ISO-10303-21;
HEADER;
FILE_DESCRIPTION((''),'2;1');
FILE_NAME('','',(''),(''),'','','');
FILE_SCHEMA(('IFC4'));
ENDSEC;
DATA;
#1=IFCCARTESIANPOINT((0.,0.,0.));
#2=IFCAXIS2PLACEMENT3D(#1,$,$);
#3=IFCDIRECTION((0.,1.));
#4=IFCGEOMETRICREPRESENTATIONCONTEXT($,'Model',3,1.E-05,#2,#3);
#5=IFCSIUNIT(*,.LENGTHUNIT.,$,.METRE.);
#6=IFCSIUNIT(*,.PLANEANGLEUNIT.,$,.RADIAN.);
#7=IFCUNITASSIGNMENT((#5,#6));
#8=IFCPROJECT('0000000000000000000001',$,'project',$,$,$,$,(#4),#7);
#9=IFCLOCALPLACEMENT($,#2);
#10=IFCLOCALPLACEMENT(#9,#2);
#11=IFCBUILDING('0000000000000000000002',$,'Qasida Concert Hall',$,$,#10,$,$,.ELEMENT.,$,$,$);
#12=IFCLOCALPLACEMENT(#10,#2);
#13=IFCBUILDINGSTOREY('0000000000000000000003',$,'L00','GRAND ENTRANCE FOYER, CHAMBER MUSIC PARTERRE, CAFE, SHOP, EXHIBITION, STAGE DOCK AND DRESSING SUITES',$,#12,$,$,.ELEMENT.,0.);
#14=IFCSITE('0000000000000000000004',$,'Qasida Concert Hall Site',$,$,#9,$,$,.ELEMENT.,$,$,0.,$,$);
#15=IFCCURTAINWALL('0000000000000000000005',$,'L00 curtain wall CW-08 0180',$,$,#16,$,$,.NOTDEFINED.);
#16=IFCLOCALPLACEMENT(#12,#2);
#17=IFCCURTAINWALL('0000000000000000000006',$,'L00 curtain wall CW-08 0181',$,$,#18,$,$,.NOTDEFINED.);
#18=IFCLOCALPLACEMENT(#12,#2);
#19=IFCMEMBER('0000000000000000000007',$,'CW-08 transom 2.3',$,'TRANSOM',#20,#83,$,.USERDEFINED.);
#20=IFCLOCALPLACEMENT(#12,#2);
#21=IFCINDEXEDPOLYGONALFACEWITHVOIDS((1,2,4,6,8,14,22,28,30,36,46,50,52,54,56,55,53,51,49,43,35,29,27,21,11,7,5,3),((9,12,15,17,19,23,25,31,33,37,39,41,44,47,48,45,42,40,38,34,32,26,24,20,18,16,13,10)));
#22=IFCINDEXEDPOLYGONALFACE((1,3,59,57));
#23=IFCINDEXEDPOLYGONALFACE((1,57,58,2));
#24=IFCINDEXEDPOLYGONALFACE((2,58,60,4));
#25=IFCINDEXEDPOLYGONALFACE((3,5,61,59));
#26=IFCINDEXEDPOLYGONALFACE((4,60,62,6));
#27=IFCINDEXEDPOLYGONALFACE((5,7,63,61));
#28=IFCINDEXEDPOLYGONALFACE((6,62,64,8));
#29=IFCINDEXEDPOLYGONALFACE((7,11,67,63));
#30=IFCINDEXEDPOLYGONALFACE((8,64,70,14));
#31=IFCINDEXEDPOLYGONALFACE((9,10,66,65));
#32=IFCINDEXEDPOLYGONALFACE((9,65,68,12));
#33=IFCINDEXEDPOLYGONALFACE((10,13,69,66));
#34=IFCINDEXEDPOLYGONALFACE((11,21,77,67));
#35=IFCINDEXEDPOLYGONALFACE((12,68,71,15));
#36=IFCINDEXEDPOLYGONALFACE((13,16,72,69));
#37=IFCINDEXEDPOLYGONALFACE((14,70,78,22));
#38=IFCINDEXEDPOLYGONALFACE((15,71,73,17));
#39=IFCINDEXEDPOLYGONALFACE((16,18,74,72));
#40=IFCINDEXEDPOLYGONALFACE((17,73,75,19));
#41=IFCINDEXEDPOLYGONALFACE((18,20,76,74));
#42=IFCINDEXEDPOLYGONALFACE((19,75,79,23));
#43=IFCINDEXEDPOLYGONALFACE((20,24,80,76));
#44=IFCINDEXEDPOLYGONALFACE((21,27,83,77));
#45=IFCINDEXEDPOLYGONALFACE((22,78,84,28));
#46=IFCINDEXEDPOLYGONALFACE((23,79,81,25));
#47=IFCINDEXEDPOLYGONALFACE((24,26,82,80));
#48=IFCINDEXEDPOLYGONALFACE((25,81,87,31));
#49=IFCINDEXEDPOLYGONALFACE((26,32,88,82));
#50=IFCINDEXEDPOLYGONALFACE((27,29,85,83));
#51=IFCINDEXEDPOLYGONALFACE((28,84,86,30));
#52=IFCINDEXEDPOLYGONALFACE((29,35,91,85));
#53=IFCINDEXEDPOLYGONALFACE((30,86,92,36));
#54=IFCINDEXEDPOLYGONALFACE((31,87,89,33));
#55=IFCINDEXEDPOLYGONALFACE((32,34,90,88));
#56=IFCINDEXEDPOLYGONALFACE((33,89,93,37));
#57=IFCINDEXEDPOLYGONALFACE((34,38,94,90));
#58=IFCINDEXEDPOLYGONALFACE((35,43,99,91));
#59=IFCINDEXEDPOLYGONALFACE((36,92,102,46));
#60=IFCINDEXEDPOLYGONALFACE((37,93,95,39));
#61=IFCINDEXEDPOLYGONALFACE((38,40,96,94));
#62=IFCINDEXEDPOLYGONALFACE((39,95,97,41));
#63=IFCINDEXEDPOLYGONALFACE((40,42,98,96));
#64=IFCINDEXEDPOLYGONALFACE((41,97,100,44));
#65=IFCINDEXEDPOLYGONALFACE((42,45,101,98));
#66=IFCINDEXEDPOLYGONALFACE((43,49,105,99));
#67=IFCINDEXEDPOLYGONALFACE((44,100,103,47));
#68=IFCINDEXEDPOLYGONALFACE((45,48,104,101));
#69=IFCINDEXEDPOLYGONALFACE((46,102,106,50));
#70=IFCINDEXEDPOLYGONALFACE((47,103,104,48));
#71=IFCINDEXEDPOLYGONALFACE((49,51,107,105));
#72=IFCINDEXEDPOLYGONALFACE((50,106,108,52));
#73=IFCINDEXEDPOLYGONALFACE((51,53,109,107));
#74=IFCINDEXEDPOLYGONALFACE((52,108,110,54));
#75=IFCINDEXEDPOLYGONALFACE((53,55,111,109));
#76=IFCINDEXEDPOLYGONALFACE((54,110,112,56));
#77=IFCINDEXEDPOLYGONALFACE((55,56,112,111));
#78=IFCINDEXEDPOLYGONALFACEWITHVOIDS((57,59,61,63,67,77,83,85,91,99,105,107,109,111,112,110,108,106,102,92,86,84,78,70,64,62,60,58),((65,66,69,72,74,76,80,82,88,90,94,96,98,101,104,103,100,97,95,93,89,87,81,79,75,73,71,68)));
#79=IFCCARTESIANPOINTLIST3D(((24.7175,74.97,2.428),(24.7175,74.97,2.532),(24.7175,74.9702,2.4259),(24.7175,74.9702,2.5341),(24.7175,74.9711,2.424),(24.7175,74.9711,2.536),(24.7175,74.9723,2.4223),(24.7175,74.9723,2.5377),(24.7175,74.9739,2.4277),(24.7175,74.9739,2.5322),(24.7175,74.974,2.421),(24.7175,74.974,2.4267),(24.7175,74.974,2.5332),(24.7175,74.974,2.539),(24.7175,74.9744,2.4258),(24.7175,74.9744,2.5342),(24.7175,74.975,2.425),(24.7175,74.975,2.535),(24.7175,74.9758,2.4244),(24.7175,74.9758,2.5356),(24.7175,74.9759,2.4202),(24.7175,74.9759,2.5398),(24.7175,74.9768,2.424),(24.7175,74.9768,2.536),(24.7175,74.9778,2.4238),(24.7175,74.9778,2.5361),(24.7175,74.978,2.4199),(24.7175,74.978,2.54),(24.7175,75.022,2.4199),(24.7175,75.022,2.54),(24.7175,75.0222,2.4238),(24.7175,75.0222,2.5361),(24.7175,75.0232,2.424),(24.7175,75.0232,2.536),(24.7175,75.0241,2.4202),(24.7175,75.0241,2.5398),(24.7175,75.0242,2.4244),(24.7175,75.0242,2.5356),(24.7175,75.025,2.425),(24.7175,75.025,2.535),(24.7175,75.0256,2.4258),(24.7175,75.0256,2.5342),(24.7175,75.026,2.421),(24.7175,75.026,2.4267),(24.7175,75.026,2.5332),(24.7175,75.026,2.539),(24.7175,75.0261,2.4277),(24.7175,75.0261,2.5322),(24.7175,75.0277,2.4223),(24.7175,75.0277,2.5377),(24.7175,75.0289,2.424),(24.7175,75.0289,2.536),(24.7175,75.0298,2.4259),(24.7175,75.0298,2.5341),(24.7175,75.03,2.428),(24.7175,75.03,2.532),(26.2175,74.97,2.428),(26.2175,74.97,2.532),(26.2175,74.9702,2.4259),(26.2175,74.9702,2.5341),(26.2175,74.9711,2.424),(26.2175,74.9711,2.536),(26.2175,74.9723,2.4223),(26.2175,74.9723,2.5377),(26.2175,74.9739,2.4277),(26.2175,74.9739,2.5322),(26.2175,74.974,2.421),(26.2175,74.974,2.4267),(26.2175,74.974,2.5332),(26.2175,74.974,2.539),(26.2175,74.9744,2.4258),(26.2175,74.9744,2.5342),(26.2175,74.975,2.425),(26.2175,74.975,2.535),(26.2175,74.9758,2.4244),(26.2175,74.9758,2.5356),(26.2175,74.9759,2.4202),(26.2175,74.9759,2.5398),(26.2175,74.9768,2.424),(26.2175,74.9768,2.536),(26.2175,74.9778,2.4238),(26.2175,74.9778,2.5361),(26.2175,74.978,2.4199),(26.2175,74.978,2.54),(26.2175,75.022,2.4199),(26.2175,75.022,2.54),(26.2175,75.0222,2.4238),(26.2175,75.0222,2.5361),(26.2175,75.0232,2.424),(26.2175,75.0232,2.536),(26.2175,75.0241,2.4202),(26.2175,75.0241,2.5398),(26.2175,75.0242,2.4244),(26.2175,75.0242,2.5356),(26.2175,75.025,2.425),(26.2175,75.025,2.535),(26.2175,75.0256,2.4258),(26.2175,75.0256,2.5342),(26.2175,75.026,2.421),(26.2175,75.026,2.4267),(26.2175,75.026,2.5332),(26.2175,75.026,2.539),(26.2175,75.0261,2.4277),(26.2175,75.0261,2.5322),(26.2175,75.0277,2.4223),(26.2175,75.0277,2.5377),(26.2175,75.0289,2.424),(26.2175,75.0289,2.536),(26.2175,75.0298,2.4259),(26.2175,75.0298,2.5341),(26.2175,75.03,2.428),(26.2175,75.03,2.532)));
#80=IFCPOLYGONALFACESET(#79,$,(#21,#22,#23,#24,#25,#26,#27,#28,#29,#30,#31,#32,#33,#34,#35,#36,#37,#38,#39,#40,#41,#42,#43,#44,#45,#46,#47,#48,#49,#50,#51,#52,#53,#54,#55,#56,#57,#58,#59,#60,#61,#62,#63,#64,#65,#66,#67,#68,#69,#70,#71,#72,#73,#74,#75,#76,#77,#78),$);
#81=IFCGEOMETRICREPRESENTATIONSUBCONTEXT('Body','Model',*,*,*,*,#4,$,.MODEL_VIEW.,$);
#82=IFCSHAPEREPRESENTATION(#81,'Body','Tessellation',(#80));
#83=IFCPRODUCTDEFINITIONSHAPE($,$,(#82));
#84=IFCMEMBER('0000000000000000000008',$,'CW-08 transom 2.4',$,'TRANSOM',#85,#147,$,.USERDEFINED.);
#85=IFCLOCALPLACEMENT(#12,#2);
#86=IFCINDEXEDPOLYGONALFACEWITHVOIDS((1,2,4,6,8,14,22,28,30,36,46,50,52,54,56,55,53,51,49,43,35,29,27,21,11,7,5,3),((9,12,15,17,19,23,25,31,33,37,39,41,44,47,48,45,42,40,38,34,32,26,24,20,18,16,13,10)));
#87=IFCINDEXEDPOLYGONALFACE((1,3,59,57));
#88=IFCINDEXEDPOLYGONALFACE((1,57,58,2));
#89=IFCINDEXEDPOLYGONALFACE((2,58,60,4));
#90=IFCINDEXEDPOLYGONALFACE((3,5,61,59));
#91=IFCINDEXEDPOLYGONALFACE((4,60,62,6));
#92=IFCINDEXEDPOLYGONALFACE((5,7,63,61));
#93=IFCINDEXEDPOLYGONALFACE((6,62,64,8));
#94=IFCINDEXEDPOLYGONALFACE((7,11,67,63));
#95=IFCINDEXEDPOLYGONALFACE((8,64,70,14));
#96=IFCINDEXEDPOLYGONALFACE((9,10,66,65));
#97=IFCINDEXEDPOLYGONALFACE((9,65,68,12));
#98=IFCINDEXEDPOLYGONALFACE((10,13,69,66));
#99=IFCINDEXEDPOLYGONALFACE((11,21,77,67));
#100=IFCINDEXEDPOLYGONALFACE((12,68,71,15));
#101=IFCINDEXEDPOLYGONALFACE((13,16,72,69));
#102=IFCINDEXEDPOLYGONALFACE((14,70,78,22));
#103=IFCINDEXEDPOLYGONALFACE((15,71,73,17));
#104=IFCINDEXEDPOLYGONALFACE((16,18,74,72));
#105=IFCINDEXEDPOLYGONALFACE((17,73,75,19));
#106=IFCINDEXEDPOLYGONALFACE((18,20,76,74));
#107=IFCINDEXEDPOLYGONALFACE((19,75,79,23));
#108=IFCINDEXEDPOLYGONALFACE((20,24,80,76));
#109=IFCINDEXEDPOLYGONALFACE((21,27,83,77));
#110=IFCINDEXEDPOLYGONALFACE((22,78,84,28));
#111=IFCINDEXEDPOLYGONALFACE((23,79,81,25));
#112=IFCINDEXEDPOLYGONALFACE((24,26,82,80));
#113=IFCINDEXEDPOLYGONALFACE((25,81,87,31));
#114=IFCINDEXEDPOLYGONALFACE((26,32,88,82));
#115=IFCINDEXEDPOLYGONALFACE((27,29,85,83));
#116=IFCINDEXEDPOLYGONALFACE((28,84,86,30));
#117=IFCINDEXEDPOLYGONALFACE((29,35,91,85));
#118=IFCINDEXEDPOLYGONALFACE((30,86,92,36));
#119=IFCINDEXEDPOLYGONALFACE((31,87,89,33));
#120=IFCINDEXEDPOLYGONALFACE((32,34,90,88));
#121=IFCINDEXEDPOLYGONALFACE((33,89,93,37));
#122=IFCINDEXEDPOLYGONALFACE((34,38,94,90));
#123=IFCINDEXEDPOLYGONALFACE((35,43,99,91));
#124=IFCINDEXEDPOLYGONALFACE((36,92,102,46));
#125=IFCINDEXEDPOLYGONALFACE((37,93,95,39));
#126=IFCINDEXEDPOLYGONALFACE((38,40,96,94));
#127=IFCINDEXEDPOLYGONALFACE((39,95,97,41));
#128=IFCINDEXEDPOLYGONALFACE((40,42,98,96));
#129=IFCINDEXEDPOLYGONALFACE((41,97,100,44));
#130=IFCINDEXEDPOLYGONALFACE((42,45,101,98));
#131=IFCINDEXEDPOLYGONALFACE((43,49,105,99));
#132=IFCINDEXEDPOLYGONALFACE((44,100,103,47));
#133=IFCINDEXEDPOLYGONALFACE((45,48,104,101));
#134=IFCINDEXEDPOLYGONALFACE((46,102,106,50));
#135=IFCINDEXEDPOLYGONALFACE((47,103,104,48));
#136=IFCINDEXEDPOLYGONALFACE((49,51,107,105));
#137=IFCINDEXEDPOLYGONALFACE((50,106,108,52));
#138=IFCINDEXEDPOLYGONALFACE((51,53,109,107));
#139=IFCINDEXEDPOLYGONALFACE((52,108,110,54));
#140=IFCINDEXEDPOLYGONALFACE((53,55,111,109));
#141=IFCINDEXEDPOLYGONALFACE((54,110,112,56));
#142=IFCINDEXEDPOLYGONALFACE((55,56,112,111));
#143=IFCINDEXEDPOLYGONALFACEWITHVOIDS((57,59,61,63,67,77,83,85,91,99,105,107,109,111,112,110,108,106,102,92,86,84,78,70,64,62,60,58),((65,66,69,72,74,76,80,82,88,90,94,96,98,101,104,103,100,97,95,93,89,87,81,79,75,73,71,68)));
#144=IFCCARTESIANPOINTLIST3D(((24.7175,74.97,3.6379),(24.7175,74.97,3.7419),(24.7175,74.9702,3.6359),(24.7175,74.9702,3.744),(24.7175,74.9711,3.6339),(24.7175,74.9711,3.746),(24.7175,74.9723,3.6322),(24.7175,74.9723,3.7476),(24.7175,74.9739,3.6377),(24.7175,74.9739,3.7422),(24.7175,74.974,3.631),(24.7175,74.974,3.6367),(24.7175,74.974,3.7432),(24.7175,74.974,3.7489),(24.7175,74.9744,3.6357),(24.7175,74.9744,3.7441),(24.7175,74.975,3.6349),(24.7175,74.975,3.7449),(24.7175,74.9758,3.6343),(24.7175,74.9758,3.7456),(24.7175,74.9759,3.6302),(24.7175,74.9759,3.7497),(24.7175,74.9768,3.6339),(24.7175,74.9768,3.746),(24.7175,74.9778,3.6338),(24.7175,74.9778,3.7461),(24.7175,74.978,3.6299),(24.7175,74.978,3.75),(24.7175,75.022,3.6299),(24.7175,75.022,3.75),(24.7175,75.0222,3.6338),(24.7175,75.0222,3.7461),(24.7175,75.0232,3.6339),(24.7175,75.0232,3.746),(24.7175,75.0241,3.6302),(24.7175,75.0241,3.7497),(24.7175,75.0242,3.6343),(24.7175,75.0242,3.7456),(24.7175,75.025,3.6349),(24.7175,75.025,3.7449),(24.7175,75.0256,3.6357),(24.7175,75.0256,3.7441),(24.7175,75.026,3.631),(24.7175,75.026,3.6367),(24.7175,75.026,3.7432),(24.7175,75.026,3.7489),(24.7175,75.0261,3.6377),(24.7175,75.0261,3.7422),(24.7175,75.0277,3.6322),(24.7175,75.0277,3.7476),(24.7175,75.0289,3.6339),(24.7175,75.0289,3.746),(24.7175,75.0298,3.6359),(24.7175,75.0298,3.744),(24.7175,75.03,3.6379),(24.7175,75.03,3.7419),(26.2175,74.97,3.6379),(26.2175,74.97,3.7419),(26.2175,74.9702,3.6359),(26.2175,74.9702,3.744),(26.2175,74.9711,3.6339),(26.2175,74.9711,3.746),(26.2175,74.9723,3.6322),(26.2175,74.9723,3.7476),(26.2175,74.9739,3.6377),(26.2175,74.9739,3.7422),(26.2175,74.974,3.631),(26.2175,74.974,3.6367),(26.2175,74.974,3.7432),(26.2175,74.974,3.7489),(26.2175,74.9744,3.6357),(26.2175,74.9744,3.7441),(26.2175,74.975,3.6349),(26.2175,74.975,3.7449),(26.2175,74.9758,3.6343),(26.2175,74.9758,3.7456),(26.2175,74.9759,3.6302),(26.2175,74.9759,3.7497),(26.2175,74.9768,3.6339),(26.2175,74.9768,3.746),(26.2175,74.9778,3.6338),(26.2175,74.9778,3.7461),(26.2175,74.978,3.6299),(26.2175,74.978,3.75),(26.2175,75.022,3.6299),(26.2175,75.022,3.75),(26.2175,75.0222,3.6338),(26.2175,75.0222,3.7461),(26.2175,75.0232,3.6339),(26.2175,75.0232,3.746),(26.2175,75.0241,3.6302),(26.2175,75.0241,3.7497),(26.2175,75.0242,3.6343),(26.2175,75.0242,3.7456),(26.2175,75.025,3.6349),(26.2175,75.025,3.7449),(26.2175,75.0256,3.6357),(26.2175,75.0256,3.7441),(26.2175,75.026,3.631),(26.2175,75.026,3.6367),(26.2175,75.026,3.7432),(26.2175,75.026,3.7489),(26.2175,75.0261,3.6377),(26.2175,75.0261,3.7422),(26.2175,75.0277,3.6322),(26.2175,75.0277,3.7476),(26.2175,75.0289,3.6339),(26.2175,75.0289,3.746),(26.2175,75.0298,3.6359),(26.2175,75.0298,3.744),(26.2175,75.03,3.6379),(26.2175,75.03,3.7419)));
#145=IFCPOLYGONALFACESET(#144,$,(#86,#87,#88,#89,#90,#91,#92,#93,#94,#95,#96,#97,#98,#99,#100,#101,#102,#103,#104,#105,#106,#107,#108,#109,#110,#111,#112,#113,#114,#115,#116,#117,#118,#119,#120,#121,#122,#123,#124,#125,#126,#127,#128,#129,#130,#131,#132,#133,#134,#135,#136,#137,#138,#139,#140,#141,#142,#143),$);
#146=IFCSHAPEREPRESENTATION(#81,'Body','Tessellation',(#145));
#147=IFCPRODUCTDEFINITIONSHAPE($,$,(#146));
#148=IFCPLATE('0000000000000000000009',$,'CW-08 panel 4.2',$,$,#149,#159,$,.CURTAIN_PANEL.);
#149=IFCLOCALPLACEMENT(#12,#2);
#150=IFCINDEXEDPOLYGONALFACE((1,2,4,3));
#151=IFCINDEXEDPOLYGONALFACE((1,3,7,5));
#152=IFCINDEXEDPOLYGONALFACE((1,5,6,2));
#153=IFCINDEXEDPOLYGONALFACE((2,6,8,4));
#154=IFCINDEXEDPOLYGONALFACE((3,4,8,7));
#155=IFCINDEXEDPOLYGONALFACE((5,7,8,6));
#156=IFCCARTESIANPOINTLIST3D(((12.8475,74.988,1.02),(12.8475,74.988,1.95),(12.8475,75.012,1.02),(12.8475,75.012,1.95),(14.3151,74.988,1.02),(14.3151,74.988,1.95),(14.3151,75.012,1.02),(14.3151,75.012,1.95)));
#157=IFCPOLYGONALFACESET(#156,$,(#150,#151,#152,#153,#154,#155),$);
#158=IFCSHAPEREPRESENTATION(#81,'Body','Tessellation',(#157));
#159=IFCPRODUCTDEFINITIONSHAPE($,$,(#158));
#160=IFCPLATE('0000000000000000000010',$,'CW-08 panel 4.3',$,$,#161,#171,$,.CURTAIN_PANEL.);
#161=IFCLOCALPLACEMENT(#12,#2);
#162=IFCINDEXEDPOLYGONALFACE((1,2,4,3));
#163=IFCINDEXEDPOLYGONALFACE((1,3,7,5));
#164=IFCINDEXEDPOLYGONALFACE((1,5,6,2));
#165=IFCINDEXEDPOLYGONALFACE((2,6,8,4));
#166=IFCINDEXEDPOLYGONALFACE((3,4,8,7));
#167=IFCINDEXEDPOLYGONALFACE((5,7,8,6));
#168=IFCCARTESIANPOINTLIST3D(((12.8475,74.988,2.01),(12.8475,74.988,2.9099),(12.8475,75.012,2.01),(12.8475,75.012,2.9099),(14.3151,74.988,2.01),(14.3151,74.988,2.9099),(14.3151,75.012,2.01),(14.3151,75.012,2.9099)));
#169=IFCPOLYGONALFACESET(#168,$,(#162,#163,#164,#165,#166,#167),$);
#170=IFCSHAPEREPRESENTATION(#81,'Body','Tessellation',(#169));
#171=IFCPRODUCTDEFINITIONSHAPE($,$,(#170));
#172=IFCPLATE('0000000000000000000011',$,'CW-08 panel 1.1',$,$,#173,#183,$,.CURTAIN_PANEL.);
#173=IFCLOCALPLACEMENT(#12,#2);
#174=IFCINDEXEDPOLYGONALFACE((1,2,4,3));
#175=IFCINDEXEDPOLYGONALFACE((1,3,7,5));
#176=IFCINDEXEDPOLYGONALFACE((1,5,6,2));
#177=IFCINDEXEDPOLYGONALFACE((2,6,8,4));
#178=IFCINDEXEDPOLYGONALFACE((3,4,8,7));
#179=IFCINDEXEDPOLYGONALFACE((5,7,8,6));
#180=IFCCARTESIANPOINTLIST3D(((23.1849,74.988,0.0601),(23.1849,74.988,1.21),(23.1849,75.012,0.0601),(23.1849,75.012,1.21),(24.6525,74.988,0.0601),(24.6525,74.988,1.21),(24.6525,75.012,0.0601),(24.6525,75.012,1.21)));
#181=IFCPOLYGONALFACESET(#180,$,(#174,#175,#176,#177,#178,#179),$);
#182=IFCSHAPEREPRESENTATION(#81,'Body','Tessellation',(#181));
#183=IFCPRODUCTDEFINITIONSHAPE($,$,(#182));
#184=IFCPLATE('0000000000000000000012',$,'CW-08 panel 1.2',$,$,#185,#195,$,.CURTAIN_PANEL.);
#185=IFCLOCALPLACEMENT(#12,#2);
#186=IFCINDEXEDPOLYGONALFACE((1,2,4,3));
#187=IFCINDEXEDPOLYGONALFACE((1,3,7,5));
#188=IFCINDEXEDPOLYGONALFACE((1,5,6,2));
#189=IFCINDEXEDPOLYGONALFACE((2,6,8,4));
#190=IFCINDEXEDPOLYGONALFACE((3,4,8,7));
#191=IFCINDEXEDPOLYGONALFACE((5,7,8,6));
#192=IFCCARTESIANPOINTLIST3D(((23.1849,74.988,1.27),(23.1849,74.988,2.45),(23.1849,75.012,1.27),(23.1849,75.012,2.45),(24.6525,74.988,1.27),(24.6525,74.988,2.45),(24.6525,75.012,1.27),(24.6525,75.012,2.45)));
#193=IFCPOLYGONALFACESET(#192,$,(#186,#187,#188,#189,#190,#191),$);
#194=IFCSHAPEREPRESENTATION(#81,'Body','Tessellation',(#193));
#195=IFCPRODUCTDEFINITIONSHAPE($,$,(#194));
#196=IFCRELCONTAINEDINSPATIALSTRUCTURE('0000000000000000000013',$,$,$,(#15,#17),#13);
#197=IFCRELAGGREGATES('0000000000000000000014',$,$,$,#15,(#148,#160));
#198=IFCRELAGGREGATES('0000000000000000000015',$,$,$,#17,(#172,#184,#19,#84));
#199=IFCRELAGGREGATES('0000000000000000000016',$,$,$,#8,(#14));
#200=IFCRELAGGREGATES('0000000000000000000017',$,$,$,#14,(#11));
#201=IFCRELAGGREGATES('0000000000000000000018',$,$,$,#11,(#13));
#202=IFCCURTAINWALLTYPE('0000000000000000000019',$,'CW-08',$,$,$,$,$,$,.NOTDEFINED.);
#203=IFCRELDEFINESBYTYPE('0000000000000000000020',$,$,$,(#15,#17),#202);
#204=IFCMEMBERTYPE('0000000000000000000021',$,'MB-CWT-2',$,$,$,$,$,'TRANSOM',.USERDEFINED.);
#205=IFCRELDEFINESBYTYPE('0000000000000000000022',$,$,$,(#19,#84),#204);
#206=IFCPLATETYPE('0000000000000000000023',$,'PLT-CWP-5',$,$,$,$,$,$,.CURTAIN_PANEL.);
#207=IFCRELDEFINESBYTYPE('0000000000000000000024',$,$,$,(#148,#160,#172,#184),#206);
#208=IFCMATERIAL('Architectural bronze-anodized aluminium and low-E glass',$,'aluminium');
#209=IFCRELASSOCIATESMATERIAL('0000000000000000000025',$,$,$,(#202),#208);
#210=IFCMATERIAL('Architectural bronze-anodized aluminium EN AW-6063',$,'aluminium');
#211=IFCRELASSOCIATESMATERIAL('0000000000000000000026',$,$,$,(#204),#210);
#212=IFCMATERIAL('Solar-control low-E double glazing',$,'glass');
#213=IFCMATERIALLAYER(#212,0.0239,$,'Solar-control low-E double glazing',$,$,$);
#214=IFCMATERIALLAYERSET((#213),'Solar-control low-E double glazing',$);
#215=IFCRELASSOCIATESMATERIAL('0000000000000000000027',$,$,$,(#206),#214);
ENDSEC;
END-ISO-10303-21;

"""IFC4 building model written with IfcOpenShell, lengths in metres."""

from ifc_helpers import new_model, si_unit, direction, frame, origin, origin_2d, place, context, subcontext, project, spatial, rectangle, hollow_rectangle, extrude, material, layer, layer_set, material_profile, profile_set, type_object, element, aggregate, save


model = new_model("IFC4")

# Units and contexts
model_context = context("Model", 3, precision=1e-05, world=origin(), true_north=direction((0.0, 1.0)))
body_context = subcontext(model_context, "Body", "Model", "MODEL_VIEW")
ifc_project = project(units=[si_unit("LENGTHUNIT", "METRE"), si_unit("PLANEANGLEUNIT", "RADIAN")], contexts=[model_context])

# Site, building, storey
site_placement = place(None, origin())
site = spatial("IfcSite", under=ifc_project, at=site_placement, Name="Qasida Concert Hall Site", CompositionType="ELEMENT", RefElevation=0.0)
building_placement = place(site_placement, origin())
building = spatial("IfcBuilding", under=site, at=building_placement, Name="Qasida Concert Hall", CompositionType="ELEMENT")
storey_placement = place(building_placement, origin())
storey = spatial("IfcBuildingStorey", under=building, at=storey_placement, Name="L00", Description="GRAND ENTRANCE FOYER, CHAMBER MUSIC PARTERRE, CAFE, SHOP, EXHIBITION, STAGE DOCK AND DRESSING SUITES", CompositionType="ELEMENT", Elevation=0.0)

# Curtain wall
ifc_material_1 = material(Name="Architectural bronze-anodized aluminium and low-E glass", Category="aluminium")
curtain_wall_type = type_object("IfcCurtainWallType", Name="CW-08", PredefinedType="NOTDEFINED", material=ifc_material_1)
curtain_wall_1_placement = place(storey_placement, origin())
curtain_wall_1 = element("IfcCurtainWall", 1, at=curtain_wall_1_placement, inside=storey, type_object=curtain_wall_type, Name="L00 curtain wall CW-08 0180", PredefinedType="NOTDEFINED")
ifc_material_2 = material(Name="Architectural bronze-anodized aluminium EN AW-6063", Category="aluminium")

# Curtain wall, members
curtain_wall_2_placement = place(storey_placement, origin())
curtain_wall_2 = element("IfcCurtainWall", 2, at=curtain_wall_2_placement, inside=storey, type_object=curtain_wall_type, Name="L00 curtain wall CW-08 0181", PredefinedType="NOTDEFINED")
ifc_material_profile_1 = material_profile(ifc_material_2, hollow_rectangle(XDim=0.0601, YDim=0.1201, WallThickness=0.0039, InnerFilletRadius=0.0039, OuterFilletRadius=0.0081, at=origin_2d()), Name="CWT 120x60x4")
ifc_profile_set_1 = profile_set([ifc_material_profile_1], Name="Architectural bronze-anodized aluminium EN AW-6063")
member_type_1 = type_object("IfcMemberType", Name="MB-CWT-2", ElementType="TRANSOM", PredefinedType="USERDEFINED", material=ifc_profile_set_1)
member_1_placement = place(storey_placement, frame((24.7175, 75.0, 2.48), z_axis=(1.0, 0.0, 0.0), x_axis=(0.0, 1.0, 0.0)))
member_1 = element("IfcMember", 3, at=member_1_placement, type_object=member_type_1, Name="CW-08 transom 2.3", ObjectType="TRANSOM", PredefinedType="USERDEFINED", context=body_context, shape_type="SweptSolid", body=[
    extrude(hollow_rectangle(XDim=0.0601, YDim=0.1201, WallThickness=0.0039, InnerFilletRadius=0.0039, OuterFilletRadius=0.0081, at=origin_2d()), origin(), (0.0, 0.0, 1.0), 1.5),
])
member_2_placement = place(storey_placement, frame((24.7175, 75.0, 3.6899), z_axis=(1.0, 0.0, 0.0), x_axis=(0.0, 1.0, 0.0)))
member_2 = element("IfcMember", 4, at=member_2_placement, type_object=member_type_1, Name="CW-08 transom 2.4", ObjectType="TRANSOM", PredefinedType="USERDEFINED", context=body_context, shape_type="SweptSolid", body=[
    extrude(hollow_rectangle(XDim=0.0601, YDim=0.1201, WallThickness=0.0039, InnerFilletRadius=0.0039, OuterFilletRadius=0.0081, at=origin_2d()), origin(), (0.0, 0.0, 1.0), 1.5),
])

# Plates
ifc_material_3 = material(Name="Solar-control low-E double glazing", Category="glass")
ifc_layer_1 = layer(ifc_material_3, 0.0239, Name="Solar-control low-E double glazing")
ifc_layer_set_1 = layer_set([ifc_layer_1], Name="Solar-control low-E double glazing")
plate_type = type_object("IfcPlateType", Name="PLT-CWP-5", PredefinedType="CURTAIN_PANEL", material=ifc_layer_set_1)
plate_1_placement = place(storey_placement, frame((13.5813, 75.0, 1.02), z_axis=(0.0, 0.0, 1.0), x_axis=(1.0, 0.0, 0.0)))
plate_1 = element("IfcPlate", 5, at=plate_1_placement, type_object=plate_type, Name="CW-08 panel 4.2", PredefinedType="CURTAIN_PANEL", context=body_context, shape_type="SweptSolid", body=[
    extrude(rectangle(XDim=1.4675, YDim=0.0239, at=origin_2d()), origin(), (0.0, 0.0, 1.0), 0.9299),
])
plate_2_placement = place(storey_placement, frame((13.5813, 75.0, 2.01), z_axis=(0.0, 0.0, 1.0), x_axis=(1.0, 0.0, 0.0)))
plate_2 = element("IfcPlate", 6, at=plate_2_placement, type_object=plate_type, Name="CW-08 panel 4.3", PredefinedType="CURTAIN_PANEL", context=body_context, shape_type="SweptSolid", body=[
    extrude(rectangle(XDim=1.4675, YDim=0.0239, at=origin_2d()), origin(), (0.0, 0.0, 1.0), 0.8999),
])
aggregate(curtain_wall_1, [plate_1, plate_2])
plate_3_placement = place(storey_placement, frame((23.9187, 75.0, 0.0601), z_axis=(0.0, 0.0, 1.0), x_axis=(1.0, 0.0, 0.0)))
plate_3 = element("IfcPlate", 7, at=plate_3_placement, type_object=plate_type, Name="CW-08 panel 1.1", PredefinedType="CURTAIN_PANEL", context=body_context, shape_type="SweptSolid", body=[
    extrude(rectangle(XDim=1.4675, YDim=0.0239, at=origin_2d()), origin(), (0.0, 0.0, 1.0), 1.1499),
])
plate_4_placement = place(storey_placement, frame((23.9187, 75.0, 1.27), z_axis=(0.0, 0.0, 1.0), x_axis=(1.0, 0.0, 0.0)))
plate_4 = element("IfcPlate", 8, at=plate_4_placement, type_object=plate_type, Name="CW-08 panel 1.2", PredefinedType="CURTAIN_PANEL", context=body_context, shape_type="SweptSolid", body=[
    extrude(rectangle(XDim=1.4675, YDim=0.0239, at=origin_2d()), origin(), (0.0, 0.0, 1.0), 1.1799),
])
aggregate(curtain_wall_2, [plate_3, plate_4, member_1, member_2])

save(model, "model.ifc")
